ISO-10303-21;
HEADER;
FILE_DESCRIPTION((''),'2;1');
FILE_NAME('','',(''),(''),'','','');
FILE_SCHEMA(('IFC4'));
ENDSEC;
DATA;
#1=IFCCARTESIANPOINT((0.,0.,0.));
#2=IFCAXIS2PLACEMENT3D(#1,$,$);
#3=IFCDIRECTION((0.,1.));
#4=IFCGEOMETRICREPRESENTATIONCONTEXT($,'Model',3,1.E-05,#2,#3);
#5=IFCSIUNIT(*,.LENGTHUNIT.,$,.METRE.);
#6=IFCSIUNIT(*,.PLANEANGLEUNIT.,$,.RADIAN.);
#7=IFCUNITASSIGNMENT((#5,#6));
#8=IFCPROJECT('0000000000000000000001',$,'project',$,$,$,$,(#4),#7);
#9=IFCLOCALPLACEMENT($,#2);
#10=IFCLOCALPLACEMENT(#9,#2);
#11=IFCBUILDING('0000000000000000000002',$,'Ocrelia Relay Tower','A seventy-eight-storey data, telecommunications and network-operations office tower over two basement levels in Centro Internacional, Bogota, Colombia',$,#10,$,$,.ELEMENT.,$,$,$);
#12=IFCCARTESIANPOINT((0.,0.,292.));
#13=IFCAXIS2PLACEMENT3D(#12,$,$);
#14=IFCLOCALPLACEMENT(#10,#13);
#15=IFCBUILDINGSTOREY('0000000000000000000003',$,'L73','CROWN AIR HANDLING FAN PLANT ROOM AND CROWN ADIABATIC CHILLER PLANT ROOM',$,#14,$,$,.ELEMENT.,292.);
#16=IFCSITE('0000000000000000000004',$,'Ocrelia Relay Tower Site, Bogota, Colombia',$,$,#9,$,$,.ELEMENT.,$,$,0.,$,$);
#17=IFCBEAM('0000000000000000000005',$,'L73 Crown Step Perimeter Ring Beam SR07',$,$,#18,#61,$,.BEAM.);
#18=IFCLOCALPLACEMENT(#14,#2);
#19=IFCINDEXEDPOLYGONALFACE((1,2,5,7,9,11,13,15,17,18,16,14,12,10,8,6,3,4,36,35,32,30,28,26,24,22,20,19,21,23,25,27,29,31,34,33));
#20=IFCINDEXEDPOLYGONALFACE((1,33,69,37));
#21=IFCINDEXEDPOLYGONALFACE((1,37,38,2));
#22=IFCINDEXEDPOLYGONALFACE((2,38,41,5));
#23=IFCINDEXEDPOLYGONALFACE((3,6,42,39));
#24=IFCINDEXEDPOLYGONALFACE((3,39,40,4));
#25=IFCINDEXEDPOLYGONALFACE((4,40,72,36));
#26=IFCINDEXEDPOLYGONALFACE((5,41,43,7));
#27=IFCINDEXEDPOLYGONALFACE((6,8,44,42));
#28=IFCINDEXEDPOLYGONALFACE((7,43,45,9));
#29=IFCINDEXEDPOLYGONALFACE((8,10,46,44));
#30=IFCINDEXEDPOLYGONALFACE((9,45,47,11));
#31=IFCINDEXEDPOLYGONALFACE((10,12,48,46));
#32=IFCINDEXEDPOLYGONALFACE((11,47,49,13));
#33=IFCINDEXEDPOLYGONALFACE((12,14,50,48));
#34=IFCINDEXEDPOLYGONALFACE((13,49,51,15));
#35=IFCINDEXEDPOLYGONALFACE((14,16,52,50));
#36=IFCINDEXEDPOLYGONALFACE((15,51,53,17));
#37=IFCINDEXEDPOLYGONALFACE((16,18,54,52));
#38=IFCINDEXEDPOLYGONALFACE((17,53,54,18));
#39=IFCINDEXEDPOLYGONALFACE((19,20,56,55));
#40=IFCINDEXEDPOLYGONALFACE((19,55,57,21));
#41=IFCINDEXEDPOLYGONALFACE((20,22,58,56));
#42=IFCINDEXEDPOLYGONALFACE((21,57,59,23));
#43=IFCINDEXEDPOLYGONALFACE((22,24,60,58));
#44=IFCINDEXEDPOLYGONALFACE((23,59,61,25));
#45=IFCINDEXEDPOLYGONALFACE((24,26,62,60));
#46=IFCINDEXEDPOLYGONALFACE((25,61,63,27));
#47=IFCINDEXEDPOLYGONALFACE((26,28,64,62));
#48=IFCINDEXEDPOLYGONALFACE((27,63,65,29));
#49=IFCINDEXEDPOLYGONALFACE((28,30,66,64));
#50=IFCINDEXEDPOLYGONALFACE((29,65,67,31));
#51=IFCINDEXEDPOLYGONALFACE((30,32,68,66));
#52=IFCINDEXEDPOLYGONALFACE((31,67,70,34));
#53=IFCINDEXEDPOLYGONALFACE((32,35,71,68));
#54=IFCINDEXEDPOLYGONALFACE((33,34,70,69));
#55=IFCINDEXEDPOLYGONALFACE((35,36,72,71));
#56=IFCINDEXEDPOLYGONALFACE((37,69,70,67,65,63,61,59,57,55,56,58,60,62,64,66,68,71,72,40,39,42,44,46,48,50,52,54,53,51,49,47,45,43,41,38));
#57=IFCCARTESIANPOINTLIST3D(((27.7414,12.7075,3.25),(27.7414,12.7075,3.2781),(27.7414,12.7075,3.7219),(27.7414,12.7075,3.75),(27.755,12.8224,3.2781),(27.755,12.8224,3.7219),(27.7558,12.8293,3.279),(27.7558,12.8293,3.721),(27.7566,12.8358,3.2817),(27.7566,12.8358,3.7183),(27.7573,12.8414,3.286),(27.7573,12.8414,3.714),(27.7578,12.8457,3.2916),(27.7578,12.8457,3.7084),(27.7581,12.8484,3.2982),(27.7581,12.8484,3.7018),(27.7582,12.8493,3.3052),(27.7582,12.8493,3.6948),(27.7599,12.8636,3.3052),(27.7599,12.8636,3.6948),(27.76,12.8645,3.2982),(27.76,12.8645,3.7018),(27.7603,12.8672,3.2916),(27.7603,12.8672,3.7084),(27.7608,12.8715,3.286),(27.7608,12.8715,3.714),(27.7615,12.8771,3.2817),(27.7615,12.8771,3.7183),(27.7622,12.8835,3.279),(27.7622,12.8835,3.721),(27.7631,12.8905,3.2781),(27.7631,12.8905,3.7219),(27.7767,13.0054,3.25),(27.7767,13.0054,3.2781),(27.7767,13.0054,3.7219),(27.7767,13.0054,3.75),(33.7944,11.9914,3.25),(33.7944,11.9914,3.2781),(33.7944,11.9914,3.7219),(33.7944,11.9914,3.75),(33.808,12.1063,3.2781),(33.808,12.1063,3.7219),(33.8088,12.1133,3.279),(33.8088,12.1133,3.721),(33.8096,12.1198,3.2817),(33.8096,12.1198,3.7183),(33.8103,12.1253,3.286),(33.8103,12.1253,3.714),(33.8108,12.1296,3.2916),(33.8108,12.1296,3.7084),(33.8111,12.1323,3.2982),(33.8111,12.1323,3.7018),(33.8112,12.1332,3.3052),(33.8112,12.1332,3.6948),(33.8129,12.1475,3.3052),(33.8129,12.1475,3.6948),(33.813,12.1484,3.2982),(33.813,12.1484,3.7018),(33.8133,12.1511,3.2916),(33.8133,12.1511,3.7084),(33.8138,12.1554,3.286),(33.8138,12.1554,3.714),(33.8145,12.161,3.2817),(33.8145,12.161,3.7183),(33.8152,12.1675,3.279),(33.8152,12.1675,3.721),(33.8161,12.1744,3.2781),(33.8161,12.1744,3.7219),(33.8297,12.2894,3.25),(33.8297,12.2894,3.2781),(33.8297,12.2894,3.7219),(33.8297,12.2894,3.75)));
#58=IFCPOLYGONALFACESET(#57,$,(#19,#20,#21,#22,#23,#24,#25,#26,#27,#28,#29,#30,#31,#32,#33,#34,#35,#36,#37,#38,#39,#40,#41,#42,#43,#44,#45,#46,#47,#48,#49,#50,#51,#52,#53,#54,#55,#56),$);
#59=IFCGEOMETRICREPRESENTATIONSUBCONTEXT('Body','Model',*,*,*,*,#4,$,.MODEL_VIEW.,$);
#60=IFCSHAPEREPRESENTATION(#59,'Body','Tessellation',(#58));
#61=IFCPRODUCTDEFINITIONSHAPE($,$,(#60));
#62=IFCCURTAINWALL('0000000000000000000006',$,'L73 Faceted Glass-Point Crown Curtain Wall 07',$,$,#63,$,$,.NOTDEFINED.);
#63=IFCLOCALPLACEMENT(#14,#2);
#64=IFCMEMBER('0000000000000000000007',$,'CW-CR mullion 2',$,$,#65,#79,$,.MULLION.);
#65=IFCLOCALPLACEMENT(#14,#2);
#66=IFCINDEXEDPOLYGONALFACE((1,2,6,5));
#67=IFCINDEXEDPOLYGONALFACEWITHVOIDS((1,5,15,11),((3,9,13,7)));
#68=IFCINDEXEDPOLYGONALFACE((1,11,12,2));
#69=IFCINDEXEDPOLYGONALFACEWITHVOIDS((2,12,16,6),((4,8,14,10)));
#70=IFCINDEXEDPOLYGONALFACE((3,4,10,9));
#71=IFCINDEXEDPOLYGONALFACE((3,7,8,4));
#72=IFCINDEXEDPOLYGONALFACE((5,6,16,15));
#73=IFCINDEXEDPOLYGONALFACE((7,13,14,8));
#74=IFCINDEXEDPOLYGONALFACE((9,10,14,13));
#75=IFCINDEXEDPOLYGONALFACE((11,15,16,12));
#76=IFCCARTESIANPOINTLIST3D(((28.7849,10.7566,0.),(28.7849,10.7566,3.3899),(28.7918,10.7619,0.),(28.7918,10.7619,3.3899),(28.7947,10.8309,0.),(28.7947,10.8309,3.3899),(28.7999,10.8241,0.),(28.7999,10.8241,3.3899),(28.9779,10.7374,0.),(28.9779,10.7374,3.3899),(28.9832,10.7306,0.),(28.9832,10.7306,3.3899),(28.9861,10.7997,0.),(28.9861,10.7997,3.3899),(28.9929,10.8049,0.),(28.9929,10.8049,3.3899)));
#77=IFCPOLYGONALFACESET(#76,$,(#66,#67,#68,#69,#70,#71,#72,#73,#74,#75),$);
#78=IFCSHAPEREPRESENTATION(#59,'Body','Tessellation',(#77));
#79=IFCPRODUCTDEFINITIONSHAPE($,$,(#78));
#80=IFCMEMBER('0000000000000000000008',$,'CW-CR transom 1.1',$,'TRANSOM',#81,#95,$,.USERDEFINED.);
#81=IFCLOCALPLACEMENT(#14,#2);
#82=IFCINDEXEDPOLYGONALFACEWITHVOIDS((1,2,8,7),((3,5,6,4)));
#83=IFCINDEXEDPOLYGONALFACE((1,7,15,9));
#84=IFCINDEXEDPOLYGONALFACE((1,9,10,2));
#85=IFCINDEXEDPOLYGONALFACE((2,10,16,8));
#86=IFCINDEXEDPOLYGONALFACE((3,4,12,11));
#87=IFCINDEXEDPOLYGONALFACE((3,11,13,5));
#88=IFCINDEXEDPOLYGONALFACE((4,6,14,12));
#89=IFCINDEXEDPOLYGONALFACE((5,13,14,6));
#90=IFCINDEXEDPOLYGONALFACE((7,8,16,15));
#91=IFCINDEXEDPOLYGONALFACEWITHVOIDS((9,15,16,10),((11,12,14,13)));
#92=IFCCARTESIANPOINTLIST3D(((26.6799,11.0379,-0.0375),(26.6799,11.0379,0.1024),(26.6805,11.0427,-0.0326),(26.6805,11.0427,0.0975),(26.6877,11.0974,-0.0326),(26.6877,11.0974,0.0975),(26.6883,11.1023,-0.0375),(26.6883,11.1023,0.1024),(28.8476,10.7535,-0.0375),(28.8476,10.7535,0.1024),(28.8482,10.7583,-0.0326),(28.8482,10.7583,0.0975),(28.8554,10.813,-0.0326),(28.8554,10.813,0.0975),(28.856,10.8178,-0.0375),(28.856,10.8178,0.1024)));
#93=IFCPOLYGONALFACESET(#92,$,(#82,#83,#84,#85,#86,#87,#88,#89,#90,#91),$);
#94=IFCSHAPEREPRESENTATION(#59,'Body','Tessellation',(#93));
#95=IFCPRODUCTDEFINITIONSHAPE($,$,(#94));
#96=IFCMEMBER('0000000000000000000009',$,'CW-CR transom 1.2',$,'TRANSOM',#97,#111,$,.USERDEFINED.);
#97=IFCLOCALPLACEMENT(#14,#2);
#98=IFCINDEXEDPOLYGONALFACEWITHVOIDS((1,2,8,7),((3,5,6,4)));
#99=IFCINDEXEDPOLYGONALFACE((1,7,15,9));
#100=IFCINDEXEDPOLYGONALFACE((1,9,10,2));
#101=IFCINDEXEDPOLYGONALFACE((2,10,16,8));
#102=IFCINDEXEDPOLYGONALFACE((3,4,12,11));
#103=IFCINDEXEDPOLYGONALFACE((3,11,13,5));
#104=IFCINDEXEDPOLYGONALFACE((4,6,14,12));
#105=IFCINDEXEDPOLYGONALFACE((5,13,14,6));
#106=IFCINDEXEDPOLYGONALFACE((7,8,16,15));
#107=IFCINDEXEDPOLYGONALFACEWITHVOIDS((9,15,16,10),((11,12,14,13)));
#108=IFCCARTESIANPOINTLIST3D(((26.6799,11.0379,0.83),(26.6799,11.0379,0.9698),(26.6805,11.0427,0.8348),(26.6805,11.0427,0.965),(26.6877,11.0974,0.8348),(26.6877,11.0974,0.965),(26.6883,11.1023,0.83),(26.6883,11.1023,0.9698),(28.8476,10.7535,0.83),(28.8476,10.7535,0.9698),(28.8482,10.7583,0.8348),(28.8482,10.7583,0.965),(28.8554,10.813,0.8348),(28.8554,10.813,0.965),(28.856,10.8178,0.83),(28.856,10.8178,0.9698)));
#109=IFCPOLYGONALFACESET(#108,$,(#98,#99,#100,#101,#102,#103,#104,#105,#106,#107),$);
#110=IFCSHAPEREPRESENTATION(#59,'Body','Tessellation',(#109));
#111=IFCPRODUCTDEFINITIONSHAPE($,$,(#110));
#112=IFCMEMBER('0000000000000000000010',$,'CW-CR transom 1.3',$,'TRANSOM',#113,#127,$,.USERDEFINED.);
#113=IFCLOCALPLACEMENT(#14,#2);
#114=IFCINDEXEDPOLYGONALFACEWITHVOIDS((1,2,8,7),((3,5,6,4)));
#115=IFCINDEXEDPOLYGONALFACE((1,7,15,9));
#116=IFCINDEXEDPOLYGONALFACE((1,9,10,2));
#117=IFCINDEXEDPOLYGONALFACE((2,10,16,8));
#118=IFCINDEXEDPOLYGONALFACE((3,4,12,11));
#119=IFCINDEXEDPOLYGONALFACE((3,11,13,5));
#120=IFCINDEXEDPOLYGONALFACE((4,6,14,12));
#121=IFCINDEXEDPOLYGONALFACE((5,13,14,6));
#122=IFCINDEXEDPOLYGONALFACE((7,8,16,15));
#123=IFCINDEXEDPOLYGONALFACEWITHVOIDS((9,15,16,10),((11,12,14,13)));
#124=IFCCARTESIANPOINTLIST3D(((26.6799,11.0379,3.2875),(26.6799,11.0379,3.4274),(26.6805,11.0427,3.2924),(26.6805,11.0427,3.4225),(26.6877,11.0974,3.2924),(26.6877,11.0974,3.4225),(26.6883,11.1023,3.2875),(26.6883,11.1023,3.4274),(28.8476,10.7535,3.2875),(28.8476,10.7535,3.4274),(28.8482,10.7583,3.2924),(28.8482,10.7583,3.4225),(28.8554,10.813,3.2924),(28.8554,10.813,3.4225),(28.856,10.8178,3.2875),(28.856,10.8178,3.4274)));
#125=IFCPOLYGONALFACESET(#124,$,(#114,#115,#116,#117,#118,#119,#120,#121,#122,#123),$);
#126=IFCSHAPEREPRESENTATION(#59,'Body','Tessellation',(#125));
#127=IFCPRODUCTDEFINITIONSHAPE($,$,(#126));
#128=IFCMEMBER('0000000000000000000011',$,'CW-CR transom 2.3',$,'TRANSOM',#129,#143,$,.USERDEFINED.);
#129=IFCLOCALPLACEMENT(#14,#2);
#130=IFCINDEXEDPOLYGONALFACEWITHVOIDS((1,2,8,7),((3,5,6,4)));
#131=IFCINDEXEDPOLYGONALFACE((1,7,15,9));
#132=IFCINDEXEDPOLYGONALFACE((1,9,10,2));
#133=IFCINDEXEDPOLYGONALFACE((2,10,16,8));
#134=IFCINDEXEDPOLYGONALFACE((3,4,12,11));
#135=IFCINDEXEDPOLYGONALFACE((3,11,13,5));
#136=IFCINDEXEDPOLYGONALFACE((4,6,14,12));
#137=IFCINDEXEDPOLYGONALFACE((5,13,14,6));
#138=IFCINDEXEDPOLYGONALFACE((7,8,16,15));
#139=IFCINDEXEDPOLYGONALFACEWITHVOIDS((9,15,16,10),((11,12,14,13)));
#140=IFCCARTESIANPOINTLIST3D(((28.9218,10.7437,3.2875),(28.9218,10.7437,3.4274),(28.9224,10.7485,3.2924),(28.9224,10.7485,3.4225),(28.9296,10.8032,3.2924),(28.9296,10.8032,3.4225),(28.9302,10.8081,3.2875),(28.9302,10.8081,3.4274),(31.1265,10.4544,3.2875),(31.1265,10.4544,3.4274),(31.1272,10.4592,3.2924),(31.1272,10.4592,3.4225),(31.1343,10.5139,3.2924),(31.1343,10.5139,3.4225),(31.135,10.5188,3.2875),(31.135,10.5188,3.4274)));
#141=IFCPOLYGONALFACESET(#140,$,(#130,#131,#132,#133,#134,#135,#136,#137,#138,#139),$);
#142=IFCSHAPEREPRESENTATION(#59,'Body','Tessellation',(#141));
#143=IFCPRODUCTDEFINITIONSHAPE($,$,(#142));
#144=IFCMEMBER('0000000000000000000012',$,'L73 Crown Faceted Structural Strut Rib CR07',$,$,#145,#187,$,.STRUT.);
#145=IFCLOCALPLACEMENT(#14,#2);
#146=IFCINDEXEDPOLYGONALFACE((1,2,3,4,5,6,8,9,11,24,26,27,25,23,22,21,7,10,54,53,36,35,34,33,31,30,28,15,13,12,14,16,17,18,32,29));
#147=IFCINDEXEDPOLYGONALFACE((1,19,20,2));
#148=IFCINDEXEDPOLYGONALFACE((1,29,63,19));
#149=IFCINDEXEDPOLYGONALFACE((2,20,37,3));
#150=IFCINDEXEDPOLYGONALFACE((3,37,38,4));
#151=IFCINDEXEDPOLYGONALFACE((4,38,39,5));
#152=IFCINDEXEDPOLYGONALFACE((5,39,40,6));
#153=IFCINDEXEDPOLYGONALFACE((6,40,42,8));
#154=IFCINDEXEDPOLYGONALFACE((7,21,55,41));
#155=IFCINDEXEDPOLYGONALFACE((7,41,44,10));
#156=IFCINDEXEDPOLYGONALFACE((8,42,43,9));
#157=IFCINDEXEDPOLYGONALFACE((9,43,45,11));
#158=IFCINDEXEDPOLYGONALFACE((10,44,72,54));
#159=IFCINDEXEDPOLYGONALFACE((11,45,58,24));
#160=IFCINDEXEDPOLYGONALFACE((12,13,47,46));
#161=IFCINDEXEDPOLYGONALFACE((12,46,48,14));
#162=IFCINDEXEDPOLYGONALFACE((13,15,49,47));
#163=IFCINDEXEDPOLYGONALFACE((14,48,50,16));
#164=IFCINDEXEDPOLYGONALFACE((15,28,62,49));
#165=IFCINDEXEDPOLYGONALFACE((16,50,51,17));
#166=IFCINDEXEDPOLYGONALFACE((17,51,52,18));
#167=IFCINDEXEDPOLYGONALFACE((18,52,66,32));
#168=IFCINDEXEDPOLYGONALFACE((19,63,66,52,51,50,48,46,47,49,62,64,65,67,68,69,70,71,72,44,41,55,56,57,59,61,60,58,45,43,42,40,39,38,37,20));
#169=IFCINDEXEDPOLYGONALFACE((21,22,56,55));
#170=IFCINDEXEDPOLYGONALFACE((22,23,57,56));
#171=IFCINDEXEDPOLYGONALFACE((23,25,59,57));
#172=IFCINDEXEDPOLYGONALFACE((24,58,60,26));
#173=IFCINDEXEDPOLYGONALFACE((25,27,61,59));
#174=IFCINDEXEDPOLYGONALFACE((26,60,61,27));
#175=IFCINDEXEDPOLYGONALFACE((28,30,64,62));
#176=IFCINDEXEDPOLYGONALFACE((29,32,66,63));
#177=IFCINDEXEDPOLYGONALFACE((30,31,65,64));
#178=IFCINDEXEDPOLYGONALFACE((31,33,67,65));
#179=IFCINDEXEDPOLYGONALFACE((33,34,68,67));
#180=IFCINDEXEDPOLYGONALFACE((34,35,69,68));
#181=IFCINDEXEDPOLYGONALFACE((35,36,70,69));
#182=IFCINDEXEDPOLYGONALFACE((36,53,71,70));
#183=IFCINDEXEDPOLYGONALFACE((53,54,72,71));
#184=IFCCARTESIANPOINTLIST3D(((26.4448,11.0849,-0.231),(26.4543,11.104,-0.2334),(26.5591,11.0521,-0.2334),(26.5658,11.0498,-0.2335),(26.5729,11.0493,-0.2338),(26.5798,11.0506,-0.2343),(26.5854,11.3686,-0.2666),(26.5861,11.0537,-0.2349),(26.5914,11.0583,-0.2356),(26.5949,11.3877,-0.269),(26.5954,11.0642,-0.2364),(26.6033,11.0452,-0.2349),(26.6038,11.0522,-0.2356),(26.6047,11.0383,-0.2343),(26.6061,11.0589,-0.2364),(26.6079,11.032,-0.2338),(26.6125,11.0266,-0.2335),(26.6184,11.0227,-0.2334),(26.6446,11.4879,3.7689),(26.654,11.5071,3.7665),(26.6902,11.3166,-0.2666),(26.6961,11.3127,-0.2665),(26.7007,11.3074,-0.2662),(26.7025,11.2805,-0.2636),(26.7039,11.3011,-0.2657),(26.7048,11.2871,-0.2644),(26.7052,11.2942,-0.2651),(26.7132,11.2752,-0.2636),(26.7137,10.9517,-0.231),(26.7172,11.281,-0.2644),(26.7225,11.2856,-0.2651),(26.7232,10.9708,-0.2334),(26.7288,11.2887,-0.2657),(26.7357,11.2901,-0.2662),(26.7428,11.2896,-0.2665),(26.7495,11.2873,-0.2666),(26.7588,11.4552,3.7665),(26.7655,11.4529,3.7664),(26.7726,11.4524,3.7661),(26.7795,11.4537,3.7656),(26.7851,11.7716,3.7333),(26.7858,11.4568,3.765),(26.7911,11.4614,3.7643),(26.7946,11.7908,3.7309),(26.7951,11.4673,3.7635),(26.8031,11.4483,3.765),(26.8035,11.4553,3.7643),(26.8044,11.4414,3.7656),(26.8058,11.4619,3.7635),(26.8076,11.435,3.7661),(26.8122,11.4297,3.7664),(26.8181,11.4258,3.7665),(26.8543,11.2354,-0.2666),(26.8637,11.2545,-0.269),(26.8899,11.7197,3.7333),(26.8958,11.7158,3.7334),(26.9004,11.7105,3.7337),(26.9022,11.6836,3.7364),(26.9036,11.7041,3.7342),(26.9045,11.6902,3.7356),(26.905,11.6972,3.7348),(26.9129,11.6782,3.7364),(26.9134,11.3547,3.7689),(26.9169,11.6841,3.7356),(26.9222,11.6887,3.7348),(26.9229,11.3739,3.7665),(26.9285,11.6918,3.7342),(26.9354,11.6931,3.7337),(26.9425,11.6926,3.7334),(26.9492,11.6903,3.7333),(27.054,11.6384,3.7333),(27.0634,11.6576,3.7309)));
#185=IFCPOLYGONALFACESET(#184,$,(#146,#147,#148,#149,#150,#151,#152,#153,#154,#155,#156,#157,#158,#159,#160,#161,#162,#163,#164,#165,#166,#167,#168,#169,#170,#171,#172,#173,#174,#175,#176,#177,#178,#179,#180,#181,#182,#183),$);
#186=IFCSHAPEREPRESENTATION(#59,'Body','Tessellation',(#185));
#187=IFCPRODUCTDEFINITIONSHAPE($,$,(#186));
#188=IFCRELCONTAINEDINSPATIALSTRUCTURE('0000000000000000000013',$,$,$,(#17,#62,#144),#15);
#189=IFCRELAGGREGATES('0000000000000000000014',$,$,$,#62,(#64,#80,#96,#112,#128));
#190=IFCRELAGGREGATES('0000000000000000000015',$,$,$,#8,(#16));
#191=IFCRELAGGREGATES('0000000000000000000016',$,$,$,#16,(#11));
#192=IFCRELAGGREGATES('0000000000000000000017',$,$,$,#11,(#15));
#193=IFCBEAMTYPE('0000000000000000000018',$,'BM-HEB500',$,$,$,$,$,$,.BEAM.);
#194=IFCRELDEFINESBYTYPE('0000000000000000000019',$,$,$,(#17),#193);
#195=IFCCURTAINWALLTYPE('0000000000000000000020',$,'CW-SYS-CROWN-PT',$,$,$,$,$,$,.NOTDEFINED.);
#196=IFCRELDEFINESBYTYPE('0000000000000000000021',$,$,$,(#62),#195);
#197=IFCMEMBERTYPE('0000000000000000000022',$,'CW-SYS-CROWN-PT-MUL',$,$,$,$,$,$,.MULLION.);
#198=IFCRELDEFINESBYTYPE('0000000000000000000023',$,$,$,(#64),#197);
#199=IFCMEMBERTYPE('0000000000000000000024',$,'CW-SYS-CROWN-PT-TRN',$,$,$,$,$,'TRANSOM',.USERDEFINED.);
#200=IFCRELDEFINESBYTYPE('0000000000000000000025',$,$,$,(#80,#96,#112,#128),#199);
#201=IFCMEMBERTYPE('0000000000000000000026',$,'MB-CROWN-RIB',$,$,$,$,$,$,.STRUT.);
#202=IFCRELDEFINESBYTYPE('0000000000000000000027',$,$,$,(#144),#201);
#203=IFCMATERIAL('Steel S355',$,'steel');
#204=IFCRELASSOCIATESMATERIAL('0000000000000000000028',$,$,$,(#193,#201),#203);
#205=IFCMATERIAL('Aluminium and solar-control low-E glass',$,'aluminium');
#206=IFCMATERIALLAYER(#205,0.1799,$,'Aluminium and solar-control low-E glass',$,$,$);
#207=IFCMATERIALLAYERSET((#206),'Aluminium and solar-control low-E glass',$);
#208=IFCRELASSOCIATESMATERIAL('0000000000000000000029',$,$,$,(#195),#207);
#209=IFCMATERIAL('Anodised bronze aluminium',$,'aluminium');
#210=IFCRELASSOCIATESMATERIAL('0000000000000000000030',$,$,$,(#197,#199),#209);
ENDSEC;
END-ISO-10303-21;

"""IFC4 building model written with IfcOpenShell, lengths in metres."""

from ifc_helpers import new_model, si_unit, direction, frame, origin, origin_2d, place, context, subcontext, project, spatial, hollow_rectangle, i_section, extrude, material, layer, layer_set, material_profile, profile_set, type_object, element, aggregate, save


model = new_model("IFC4")

# Units and contexts
model_context = context("Model", 3, precision=1e-05, world=origin(), true_north=direction((0.0, 1.0)))
body_context = subcontext(model_context, "Body", "Model", "MODEL_VIEW")
ifc_project = project(units=[si_unit("LENGTHUNIT", "METRE"), si_unit("PLANEANGLEUNIT", "RADIAN")], contexts=[model_context])

# Site, building, storey
site_placement = place(None, origin())
site = spatial("IfcSite", under=ifc_project, at=site_placement, Name="Ocrelia Relay Tower Site, Bogota, Colombia", CompositionType="ELEMENT", RefElevation=0.0)
building_placement = place(site_placement, origin())
building = spatial("IfcBuilding", under=site, at=building_placement, Name="Ocrelia Relay Tower", Description="A seventy-eight-storey data, telecommunications and network-operations office tower over two basement levels in Centro Internacional, Bogota, Colombia", CompositionType="ELEMENT")
storey_placement = place(building_placement, frame((0.0, 0.0, 292.0)))
storey = spatial("IfcBuildingStorey", under=building, at=storey_placement, Name="L73", Description="CROWN AIR HANDLING FAN PLANT ROOM AND CROWN ADIABATIC CHILLER PLANT ROOM", CompositionType="ELEMENT", Elevation=292.0)

# Beam
ifc_material_1 = material(Name="Steel S355", Category="steel")
ifc_material_profile_1 = material_profile(ifc_material_1, i_section(OverallWidth=0.3, OverallDepth=0.5, WebThickness=0.0144, FlangeThickness=0.0281, FilletRadius=0.0271, at=origin_2d()), Name="HEB 500")
ifc_profile_set_1 = profile_set([ifc_material_profile_1], Name="Steel S355")
beam_type_1 = type_object("IfcBeamType", Name="BM-HEB500", PredefinedType="BEAM", material=ifc_profile_set_1)
beam_1_placement = place(storey_placement, frame((27.759, 12.8564, 3.5), z_axis=(0.993075, -0.11748, 0.0), x_axis=(0.11748, 0.993075, 0.0)))
element("IfcBeam", 1, at=beam_1_placement, inside=storey, type_object=beam_type_1, Name="L73 Crown Step Perimeter Ring Beam SR07", PredefinedType="BEAM", context=body_context, shape_type="SweptSolid", body=[
    extrude(i_section(OverallWidth=0.3, OverallDepth=0.5, WebThickness=0.0144, FlangeThickness=0.0281, FilletRadius=0.0271, at=origin_2d()), origin(), (0.0, 0.0, 1.0), 6.0952),
])

# Curtain wall, members
ifc_material_2 = material(Name="Aluminium and solar-control low-E glass", Category="aluminium")
ifc_layer_1 = layer(ifc_material_2, 0.1799, Name="Aluminium and solar-control low-E glass")
ifc_layer_set_1 = layer_set([ifc_layer_1], Name="Aluminium and solar-control low-E glass")
curtain_wall_type = type_object("IfcCurtainWallType", Name="CW-SYS-CROWN-PT", PredefinedType="NOTDEFINED", material=ifc_layer_set_1)
curtain_wall_placement = place(storey_placement, origin())
curtain_wall = element("IfcCurtainWall", 2, at=curtain_wall_placement, inside=storey, type_object=curtain_wall_type, Name="L73 Faceted Glass-Point Crown Curtain Wall 07", PredefinedType="NOTDEFINED")
ifc_material_3 = material(Name="Anodised bronze aluminium", Category="aluminium")
ifc_material_profile_2 = material_profile(ifc_material_3, hollow_rectangle(XDim=0.075, YDim=0.2, WallThickness=0.0061, at=origin_2d()), Name="CW-MUL-200x75")
ifc_profile_set_2 = profile_set([ifc_material_profile_2], Name="Anodised bronze aluminium")
member_type_1 = type_object("IfcMemberType", Name="CW-SYS-CROWN-PT-MUL", PredefinedType="MULLION", material=ifc_profile_set_2)
member_1_placement = place(storey_placement, frame((28.8889, 10.7808, 0.0), z_axis=(0.0, 0.0, 1.0), x_axis=(0.130108, 0.9915, 0.0)))
member_1 = element("IfcMember", 3, at=member_1_placement, type_object=member_type_1, Name="CW-CR mullion 2", PredefinedType="MULLION", context=body_context, shape_type="SweptSolid", body=[
    extrude(hollow_rectangle(XDim=0.075, YDim=0.2, WallThickness=0.0061, at=origin_2d()), origin(), (0.0, 0.0, 1.0), 3.3899),
])
ifc_material_profile_3 = material_profile(ifc_material_3, hollow_rectangle(XDim=0.0649, YDim=0.1399, WallThickness=0.0049, at=origin_2d()), Name="CW-TRN-140x65")
ifc_profile_set_3 = profile_set([ifc_material_profile_3], Name="Anodised bronze aluminium")
member_type_2 = type_object("IfcMemberType", Name="CW-SYS-CROWN-PT-TRN", ElementType="TRANSOM", PredefinedType="USERDEFINED", material=ifc_profile_set_3)
member_2_placement = place(storey_placement, frame((26.6841, 11.0701, 0.0325), z_axis=(0.991502, -0.130093, 0.0), x_axis=(0.130093, 0.991502, 0.0)))
member_2 = element("IfcMember", 4, at=member_2_placement, type_object=member_type_2, Name="CW-CR transom 1.1", ObjectType="TRANSOM", PredefinedType="USERDEFINED", context=body_context, shape_type="SweptSolid", body=[
    extrude(hollow_rectangle(XDim=0.0649, YDim=0.1399, WallThickness=0.0049, at=origin_2d()), origin(), (0.0, 0.0, 1.0), 2.1863),
])
member_3_placement = place(storey_placement, frame((26.6841, 11.0701, 0.8999), z_axis=(0.991502, -0.130093, 0.0), x_axis=(0.130093, 0.991502, 0.0)))
member_3 = element("IfcMember", 5, at=member_3_placement, type_object=member_type_2, Name="CW-CR transom 1.2", ObjectType="TRANSOM", PredefinedType="USERDEFINED", context=body_context, shape_type="SweptSolid", body=[
    extrude(hollow_rectangle(XDim=0.0649, YDim=0.1399, WallThickness=0.0049, at=origin_2d()), origin(), (0.0, 0.0, 1.0), 2.1863),
])
member_4_placement = place(storey_placement, frame((26.6841, 11.0701, 3.3574), z_axis=(0.991502, -0.130093, 0.0), x_axis=(0.130093, 0.991502, 0.0)))
member_4 = element("IfcMember", 6, at=member_4_placement, type_object=member_type_2, Name="CW-CR transom 1.3", ObjectType="TRANSOM", PredefinedType="USERDEFINED", context=body_context, shape_type="SweptSolid", body=[
    extrude(hollow_rectangle(XDim=0.0649, YDim=0.1399, WallThickness=0.0049, at=origin_2d()), origin(), (0.0, 0.0, 1.0), 2.1863),
])
member_5_placement = place(storey_placement, frame((28.926, 10.7759, 3.3574), z_axis=(0.991501, -0.1301, 0.0), x_axis=(0.1301, 0.991501, 0.0)))
member_5 = element("IfcMember", 7, at=member_5_placement, type_object=member_type_2, Name="CW-CR transom 2.3", ObjectType="TRANSOM", PredefinedType="USERDEFINED", context=body_context, shape_type="SweptSolid", body=[
    extrude(hollow_rectangle(XDim=0.0649, YDim=0.1399, WallThickness=0.0049, at=origin_2d()), origin(), (0.0, 0.0, 1.0), 2.2236),
])

# Member
ifc_material_profile_4 = material_profile(ifc_material_1, i_section(OverallWidth=0.3, OverallDepth=0.3401, WebThickness=0.012, FlangeThickness=0.0215, FilletRadius=0.0271, at=origin_2d()), Name="HEB 340")
ifc_profile_set_4 = profile_set([ifc_material_profile_4], Name="Steel S355")
member_type_3 = type_object("IfcMemberType", Name="MB-CROWN-RIB", PredefinedType="STRUT", material=ifc_profile_set_4)
member_6_placement = place(storey_placement, frame((26.6543, 11.1697, -0.25), z_axis=(0.049614, 0.100138, 0.993736), x_axis=(-0.896049, 0.443954, 0.0)))
element("IfcMember", 8, at=member_6_placement, inside=storey, type_object=member_type_3, Name="L73 Crown Faceted Structural Strut Rib CR07", PredefinedType="STRUT", context=body_context, shape_type="SweptSolid", body=[
    extrude(i_section(OverallWidth=0.3, OverallDepth=0.3401, WebThickness=0.012, FlangeThickness=0.0215, FilletRadius=0.0271, at=origin_2d()), origin(), (0.0, 0.0, 1.0), 4.0251),
])

aggregate(curtain_wall, [member_1, member_2, member_3, member_4, member_5])

save(model, "model.ifc")
